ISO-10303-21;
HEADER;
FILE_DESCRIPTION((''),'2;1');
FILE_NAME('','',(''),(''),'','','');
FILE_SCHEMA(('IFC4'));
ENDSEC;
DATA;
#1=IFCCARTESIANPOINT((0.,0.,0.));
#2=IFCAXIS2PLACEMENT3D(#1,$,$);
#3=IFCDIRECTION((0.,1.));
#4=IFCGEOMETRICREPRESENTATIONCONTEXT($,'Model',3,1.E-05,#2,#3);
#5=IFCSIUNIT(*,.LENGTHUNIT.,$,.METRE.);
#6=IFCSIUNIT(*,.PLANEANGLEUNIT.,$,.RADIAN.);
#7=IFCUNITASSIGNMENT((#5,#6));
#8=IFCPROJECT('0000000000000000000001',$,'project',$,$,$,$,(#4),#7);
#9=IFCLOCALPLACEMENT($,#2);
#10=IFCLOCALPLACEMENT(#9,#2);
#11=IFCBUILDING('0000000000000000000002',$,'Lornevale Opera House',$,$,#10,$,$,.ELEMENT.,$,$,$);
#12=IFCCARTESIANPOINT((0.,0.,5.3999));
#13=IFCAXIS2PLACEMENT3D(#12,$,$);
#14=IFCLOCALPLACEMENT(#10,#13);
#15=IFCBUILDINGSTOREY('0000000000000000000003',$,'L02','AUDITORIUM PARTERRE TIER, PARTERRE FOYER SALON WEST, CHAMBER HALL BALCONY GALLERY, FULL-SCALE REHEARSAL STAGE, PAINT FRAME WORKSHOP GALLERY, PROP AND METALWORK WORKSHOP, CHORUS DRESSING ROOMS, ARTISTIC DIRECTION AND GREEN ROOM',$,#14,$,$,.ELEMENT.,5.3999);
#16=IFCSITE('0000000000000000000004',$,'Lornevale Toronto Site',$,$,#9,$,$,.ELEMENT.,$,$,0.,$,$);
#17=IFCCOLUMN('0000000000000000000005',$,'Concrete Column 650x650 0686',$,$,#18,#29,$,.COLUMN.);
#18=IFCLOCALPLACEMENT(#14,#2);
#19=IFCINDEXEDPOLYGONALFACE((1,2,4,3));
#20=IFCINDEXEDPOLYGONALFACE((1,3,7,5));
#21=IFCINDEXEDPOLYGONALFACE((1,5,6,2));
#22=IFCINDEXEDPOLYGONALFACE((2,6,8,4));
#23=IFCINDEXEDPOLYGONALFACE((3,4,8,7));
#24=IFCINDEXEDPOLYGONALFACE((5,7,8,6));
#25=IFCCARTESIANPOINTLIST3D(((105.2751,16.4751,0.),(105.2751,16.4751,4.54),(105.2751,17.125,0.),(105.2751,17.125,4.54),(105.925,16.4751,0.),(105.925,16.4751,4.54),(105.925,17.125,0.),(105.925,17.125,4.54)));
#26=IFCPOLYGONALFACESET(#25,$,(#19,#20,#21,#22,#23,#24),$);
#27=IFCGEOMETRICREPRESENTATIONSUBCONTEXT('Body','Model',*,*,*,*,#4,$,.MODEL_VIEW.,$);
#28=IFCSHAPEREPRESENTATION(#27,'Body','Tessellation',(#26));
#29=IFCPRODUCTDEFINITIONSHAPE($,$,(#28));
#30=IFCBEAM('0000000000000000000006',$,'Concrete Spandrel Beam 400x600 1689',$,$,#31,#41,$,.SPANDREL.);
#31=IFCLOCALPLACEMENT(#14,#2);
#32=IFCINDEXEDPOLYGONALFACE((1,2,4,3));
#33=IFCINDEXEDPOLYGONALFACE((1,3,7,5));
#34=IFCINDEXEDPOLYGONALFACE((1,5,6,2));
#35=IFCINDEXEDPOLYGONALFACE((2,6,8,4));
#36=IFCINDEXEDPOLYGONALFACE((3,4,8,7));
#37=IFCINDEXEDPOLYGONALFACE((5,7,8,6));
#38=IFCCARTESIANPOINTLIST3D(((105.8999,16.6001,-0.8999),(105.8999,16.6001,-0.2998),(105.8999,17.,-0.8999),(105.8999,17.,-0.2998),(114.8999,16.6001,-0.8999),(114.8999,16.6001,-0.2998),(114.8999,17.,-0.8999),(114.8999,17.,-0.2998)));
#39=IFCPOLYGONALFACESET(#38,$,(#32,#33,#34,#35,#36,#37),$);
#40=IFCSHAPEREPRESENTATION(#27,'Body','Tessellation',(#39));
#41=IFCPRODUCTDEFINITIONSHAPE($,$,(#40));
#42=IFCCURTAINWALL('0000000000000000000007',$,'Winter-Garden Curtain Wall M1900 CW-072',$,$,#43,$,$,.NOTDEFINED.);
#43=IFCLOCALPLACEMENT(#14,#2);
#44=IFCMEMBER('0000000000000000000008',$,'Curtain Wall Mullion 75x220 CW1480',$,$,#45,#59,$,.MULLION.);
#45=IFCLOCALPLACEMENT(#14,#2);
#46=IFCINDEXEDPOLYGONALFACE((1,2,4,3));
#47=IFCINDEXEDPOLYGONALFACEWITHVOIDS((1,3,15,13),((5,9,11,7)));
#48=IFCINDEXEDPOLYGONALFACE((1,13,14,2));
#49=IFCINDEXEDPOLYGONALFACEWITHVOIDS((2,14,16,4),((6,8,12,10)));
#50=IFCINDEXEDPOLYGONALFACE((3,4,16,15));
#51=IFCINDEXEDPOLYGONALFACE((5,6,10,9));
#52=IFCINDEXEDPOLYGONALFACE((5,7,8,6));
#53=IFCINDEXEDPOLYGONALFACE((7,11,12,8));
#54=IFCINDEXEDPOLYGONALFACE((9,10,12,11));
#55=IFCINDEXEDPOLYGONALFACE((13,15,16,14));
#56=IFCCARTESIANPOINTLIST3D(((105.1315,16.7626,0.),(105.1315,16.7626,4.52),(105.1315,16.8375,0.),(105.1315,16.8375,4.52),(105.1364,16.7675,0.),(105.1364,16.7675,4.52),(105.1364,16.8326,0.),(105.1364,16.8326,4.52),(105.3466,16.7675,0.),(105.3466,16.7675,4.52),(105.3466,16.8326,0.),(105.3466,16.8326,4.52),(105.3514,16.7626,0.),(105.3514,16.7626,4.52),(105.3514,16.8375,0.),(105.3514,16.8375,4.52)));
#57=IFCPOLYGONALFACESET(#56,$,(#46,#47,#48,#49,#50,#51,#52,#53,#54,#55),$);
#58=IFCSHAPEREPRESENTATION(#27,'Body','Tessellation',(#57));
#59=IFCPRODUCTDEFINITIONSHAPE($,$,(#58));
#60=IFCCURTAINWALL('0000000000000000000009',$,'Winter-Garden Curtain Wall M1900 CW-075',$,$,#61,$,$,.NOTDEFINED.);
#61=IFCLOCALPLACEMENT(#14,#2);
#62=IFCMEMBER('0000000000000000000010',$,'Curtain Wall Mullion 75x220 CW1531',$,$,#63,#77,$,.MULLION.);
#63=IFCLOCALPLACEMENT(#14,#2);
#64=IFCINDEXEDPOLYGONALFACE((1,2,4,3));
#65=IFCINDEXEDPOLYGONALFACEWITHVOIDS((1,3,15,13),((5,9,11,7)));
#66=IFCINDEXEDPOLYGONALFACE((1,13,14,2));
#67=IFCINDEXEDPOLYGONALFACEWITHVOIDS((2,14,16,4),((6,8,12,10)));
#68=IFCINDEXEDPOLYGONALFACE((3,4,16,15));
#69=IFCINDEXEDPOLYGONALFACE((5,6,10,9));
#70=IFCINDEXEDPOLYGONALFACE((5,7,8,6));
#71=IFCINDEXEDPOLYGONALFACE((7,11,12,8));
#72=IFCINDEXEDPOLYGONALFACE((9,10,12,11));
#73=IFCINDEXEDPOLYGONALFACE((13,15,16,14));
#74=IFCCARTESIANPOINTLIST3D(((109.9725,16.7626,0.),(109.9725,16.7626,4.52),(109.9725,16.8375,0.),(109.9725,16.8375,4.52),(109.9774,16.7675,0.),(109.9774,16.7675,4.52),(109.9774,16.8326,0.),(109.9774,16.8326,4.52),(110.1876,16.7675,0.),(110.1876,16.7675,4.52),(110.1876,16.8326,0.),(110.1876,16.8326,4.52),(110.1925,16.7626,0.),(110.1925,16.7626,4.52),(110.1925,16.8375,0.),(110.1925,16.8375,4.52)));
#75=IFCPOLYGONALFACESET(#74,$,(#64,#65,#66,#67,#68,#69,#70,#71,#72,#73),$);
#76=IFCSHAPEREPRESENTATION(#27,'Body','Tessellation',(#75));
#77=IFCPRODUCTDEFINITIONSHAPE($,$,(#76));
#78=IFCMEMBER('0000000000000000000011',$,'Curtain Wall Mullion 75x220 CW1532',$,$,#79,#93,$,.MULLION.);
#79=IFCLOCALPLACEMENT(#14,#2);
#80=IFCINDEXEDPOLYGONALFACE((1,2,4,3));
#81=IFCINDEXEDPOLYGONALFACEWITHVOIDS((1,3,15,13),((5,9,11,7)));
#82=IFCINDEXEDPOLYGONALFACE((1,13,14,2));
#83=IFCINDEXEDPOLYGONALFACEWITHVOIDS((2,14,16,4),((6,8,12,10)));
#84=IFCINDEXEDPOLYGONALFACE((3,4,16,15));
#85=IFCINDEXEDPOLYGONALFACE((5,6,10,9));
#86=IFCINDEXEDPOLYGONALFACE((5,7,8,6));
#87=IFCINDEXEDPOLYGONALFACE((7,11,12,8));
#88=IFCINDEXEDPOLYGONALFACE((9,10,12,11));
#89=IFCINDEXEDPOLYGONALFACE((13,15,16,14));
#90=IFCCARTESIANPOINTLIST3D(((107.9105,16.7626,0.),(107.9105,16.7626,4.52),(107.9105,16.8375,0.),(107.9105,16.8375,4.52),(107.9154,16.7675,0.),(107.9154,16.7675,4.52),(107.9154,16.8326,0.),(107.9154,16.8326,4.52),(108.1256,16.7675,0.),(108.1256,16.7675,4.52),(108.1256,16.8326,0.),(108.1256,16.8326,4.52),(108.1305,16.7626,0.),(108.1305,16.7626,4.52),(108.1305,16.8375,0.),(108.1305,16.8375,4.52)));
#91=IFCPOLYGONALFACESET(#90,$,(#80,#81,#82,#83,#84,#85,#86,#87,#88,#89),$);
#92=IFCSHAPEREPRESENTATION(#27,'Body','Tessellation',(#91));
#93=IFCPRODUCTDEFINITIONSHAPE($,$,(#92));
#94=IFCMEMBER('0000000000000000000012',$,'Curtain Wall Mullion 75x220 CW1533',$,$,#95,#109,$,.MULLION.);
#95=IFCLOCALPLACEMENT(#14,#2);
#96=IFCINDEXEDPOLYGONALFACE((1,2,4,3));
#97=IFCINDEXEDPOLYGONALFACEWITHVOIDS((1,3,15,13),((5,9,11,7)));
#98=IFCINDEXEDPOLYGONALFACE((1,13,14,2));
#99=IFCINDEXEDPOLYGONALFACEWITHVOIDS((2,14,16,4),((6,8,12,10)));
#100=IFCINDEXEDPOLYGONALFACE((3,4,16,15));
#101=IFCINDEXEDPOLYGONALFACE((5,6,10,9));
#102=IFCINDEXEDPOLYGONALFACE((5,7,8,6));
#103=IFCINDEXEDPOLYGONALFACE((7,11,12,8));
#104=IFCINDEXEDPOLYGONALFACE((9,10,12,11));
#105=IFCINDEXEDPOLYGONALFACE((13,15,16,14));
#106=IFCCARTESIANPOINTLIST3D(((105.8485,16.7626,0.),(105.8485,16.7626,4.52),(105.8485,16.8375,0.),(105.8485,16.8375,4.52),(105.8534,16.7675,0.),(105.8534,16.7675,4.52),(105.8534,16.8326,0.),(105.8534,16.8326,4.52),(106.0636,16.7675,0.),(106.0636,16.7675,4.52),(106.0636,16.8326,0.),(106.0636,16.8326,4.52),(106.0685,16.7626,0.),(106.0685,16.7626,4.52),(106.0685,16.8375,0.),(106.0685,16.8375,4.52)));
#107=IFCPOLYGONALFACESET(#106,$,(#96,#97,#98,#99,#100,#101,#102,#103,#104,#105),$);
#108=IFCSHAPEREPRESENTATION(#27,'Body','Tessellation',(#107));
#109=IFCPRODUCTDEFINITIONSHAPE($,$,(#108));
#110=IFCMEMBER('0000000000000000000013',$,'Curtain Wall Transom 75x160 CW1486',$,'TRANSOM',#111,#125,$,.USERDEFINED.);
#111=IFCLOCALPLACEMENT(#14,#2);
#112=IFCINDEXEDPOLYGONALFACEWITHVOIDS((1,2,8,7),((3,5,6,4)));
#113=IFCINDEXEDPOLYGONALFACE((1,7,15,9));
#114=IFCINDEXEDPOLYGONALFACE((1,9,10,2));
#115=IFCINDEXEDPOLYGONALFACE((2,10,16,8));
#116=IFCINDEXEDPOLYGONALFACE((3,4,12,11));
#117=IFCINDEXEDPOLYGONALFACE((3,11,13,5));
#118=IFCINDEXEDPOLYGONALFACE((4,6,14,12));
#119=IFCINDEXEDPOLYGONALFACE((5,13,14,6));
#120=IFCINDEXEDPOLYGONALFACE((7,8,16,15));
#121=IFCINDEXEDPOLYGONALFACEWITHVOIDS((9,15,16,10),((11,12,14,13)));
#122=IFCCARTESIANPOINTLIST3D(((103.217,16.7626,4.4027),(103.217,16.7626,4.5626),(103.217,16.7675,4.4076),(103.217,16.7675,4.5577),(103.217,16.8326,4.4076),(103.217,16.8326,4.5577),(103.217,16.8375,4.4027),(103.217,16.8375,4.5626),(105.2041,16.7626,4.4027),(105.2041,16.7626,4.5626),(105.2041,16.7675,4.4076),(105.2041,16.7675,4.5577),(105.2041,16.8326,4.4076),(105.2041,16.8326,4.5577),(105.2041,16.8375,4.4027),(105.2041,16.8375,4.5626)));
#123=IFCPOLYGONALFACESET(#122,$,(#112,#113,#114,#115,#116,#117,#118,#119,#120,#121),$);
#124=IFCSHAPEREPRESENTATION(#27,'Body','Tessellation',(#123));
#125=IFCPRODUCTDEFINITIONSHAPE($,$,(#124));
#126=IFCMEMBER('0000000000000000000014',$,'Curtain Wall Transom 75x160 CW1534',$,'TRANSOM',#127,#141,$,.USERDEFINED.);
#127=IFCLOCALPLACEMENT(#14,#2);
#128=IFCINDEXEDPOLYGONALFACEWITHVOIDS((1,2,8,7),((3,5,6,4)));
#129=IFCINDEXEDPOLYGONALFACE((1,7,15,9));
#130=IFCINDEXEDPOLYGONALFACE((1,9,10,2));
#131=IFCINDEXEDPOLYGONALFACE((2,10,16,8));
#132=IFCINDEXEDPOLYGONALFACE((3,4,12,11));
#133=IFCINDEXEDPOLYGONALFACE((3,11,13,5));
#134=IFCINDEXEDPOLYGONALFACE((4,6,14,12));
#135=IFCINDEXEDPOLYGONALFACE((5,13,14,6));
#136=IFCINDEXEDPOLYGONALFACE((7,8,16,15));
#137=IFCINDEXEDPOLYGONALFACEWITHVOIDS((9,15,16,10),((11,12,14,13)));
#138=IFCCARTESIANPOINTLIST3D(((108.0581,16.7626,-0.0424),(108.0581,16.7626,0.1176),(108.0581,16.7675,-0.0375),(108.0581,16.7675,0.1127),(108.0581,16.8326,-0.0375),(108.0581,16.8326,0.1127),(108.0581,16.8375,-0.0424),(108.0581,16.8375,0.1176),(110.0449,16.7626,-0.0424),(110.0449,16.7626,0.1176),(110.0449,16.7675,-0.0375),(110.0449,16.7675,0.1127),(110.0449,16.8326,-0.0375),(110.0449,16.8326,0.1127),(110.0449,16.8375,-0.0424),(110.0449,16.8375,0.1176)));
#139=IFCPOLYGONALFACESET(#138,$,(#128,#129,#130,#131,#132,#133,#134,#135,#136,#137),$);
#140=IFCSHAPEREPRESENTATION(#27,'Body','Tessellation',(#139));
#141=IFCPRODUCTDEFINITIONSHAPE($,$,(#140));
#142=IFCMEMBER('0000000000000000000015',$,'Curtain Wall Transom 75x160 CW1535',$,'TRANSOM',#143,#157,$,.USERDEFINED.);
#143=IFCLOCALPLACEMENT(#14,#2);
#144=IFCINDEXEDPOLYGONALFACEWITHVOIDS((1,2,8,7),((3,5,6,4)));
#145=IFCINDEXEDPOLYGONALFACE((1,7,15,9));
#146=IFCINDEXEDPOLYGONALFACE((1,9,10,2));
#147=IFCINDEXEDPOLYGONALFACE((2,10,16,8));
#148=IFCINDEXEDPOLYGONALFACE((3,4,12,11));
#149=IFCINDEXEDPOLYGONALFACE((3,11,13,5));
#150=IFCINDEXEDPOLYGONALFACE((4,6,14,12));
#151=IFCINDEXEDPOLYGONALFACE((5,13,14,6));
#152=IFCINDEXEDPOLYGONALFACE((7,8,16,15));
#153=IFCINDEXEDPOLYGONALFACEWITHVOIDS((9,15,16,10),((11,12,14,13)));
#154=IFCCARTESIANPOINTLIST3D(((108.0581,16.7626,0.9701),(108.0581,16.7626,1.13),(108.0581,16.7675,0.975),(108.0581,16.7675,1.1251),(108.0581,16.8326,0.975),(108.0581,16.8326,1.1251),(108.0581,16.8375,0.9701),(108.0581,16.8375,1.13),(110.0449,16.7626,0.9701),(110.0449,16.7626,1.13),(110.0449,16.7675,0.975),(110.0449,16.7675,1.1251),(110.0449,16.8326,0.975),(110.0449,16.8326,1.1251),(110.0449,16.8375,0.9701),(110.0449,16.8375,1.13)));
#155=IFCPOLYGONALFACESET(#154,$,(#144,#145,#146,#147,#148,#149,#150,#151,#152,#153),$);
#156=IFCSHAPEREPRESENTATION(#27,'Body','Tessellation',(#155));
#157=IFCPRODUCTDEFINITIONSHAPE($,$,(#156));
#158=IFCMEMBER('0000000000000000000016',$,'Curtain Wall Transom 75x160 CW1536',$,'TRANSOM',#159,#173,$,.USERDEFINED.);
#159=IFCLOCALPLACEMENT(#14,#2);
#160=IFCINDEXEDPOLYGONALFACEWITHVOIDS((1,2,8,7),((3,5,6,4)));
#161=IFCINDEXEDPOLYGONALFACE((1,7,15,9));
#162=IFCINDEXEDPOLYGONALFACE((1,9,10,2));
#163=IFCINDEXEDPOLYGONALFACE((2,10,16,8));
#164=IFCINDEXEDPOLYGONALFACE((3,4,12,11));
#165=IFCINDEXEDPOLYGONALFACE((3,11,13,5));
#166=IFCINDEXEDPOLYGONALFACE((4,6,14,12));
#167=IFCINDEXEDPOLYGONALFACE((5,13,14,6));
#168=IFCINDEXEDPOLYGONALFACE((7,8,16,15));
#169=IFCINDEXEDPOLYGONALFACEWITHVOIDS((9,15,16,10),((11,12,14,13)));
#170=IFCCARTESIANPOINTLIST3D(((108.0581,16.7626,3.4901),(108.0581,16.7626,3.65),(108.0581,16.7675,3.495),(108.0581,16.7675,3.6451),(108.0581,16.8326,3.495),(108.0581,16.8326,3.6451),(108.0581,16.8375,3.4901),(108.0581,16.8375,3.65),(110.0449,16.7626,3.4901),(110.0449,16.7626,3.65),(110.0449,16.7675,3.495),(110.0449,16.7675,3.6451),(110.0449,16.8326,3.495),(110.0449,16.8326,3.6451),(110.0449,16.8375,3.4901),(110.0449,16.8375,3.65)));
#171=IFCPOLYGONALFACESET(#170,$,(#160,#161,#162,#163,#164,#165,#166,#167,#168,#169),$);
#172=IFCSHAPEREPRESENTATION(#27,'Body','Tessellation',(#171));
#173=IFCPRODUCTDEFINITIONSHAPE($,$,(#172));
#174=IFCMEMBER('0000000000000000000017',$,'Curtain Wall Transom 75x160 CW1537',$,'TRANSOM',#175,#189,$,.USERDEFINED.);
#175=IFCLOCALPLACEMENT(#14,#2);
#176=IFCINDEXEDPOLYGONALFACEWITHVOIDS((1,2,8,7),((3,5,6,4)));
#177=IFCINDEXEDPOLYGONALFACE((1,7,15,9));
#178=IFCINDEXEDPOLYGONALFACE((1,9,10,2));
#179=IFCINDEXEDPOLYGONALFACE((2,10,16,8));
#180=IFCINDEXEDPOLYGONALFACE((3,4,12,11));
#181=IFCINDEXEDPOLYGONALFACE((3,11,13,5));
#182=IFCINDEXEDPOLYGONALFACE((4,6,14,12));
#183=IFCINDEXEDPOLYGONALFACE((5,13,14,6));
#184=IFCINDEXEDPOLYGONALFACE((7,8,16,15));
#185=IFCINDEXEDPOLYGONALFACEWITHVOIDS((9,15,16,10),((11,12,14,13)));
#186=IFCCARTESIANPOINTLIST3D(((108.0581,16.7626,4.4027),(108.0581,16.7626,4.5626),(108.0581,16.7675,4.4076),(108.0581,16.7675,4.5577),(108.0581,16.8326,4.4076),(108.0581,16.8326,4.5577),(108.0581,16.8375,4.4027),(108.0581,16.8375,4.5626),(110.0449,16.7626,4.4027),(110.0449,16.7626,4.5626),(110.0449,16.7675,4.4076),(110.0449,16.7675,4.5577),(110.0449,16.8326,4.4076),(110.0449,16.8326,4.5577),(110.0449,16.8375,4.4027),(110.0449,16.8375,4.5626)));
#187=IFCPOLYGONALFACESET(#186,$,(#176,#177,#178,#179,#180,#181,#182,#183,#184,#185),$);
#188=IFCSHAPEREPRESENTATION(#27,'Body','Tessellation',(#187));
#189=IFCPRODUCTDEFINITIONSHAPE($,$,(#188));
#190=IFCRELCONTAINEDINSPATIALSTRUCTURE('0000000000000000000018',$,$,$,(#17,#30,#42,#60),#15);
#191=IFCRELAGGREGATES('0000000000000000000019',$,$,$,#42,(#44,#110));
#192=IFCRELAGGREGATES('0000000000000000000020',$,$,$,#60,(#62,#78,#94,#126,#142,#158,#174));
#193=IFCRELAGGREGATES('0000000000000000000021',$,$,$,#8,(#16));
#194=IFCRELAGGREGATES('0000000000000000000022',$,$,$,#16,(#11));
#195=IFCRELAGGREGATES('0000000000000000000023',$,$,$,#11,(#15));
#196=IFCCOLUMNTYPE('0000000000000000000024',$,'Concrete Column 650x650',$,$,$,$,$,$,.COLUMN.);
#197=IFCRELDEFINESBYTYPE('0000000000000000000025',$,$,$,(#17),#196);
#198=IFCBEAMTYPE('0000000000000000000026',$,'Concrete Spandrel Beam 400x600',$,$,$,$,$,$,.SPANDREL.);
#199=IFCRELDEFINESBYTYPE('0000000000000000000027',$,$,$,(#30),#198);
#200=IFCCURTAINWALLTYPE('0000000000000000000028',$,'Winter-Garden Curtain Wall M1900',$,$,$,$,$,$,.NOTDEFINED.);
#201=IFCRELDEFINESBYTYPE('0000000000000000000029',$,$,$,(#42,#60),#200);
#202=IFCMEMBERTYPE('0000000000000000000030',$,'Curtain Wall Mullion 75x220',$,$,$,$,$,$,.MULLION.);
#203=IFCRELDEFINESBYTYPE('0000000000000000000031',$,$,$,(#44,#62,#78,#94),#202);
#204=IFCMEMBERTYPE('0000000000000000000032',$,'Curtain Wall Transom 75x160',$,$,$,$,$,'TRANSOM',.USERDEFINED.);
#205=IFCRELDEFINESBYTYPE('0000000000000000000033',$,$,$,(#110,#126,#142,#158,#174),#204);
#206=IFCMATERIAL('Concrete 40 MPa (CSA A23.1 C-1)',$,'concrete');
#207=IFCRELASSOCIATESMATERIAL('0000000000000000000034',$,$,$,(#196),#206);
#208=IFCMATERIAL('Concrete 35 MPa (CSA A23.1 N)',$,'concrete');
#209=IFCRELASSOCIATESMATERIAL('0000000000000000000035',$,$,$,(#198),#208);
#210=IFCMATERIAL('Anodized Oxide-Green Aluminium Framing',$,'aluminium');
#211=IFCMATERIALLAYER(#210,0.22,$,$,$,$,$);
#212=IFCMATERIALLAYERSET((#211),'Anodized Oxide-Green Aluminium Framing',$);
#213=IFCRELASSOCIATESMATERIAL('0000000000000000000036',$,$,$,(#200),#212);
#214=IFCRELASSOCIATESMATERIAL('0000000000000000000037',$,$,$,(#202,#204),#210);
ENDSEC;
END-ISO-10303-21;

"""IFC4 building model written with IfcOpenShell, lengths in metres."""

from ifc_helpers import new_model, si_unit, direction, frame, origin, origin_2d, place, context, subcontext, project, spatial, rectangle, hollow_rectangle, extrude, material, layer, layer_set, material_profile, profile_set, type_object, element, aggregate, save


model = new_model("IFC4")

# Units and contexts
model_context = context("Model", 3, precision=1e-05, world=origin(), true_north=direction((0.0, 1.0)))
body_context = subcontext(model_context, "Body", "Model", "MODEL_VIEW")
ifc_project = project(units=[si_unit("LENGTHUNIT", "METRE"), si_unit("PLANEANGLEUNIT", "RADIAN")], contexts=[model_context])

# Site, building, storey
site_placement = place(None, origin())
site = spatial("IfcSite", under=ifc_project, at=site_placement, Name="Lornevale Toronto Site", CompositionType="ELEMENT", RefElevation=0.0)
building_placement = place(site_placement, origin())
building = spatial("IfcBuilding", under=site, at=building_placement, Name="Lornevale Opera House", CompositionType="ELEMENT")
storey_placement = place(building_placement, frame((0.0, 0.0, 5.3999)))
storey = spatial("IfcBuildingStorey", under=building, at=storey_placement, Name="L02", Description="AUDITORIUM PARTERRE TIER, PARTERRE FOYER SALON WEST, CHAMBER HALL BALCONY GALLERY, FULL-SCALE REHEARSAL STAGE, PAINT FRAME WORKSHOP GALLERY, PROP AND METALWORK WORKSHOP, CHORUS DRESSING ROOMS, ARTISTIC DIRECTION AND GREEN ROOM", CompositionType="ELEMENT", Elevation=5.3999)

# Column
ifc_material_1 = material(Name="Concrete 40 MPa (CSA A23.1 C-1)", Category="concrete")
ifc_material_profile_1 = material_profile(ifc_material_1, rectangle(XDim=0.6499, YDim=0.6499, at=origin_2d()), Name="RC650x650")
ifc_profile_set_1 = profile_set([ifc_material_profile_1], Name="Concrete 40 MPa (CSA A23.1 C-1)")
column_type = type_object("IfcColumnType", Name="Concrete Column 650x650", PredefinedType="COLUMN", material=ifc_profile_set_1)
column_placement = place(storey_placement, frame((105.6001, 16.8, 0.0), z_axis=(0.0, 0.0, 1.0), x_axis=(1.0, 0.0, 0.0)))
element("IfcColumn", 1, at=column_placement, inside=storey, type_object=column_type, Name="Concrete Column 650x650 0686", PredefinedType="COLUMN", context=body_context, shape_type="SweptSolid", body=[
    extrude(rectangle(XDim=0.6499, YDim=0.6499, at=origin_2d()), origin(), (0.0, 0.0, 1.0), 4.54),
])

# Beam
ifc_material_2 = material(Name="Concrete 35 MPa (CSA A23.1 N)", Category="concrete")
ifc_material_profile_2 = material_profile(ifc_material_2, rectangle(XDim=0.3999, YDim=0.6001, at=origin_2d()), Name="RC400x600")
ifc_profile_set_2 = profile_set([ifc_material_profile_2], Name="Concrete 35 MPa (CSA A23.1 N)")
beam_type = type_object("IfcBeamType", Name="Concrete Spandrel Beam 400x600", PredefinedType="SPANDREL", material=ifc_profile_set_2)
beam_placement = place(storey_placement, frame((105.8999, 16.8, -0.5999), z_axis=(1.0, 0.0, 0.0), x_axis=(0.0, 1.0, 0.0)))
element("IfcBeam", 2, at=beam_placement, inside=storey, type_object=beam_type, Name="Concrete Spandrel Beam 400x600 1689", PredefinedType="SPANDREL", context=body_context, shape_type="SweptSolid", body=[
    extrude(rectangle(XDim=0.3999, YDim=0.6001, at=origin_2d()), origin(), (0.0, 0.0, 1.0), 9.0),
])

# Curtain wall, member
ifc_material_3 = material(Name="Anodized Oxide-Green Aluminium Framing", Category="aluminium")
ifc_layer_1 = layer(ifc_material_3, 0.22)
ifc_layer_set_1 = layer_set([ifc_layer_1], Name="Anodized Oxide-Green Aluminium Framing")
curtain_wall_type = type_object("IfcCurtainWallType", Name="Winter-Garden Curtain Wall M1900", PredefinedType="NOTDEFINED", material=ifc_layer_set_1)
curtain_wall_1_placement = place(storey_placement, origin())
curtain_wall_1 = element("IfcCurtainWall", 3, at=curtain_wall_1_placement, inside=storey, type_object=curtain_wall_type, Name="Winter-Garden Curtain Wall M1900 CW-072", PredefinedType="NOTDEFINED")
ifc_material_profile_3 = material_profile(ifc_material_3, hollow_rectangle(XDim=0.075, YDim=0.22, WallThickness=0.0049, at=origin_2d()), Name="ALU75x220x5")
ifc_profile_set_3 = profile_set([ifc_material_profile_3], Name="Anodized Oxide-Green Aluminium Framing")
member_type_1 = type_object("IfcMemberType", Name="Curtain Wall Mullion 75x220", PredefinedType="MULLION", material=ifc_profile_set_3)
member_1_placement = place(storey_placement, frame((105.2415, 16.8, 0.0), z_axis=(0.0, 0.0, 1.0), x_axis=(0.0, -1.0, 0.0)))
member_1 = element("IfcMember", 4, at=member_1_placement, type_object=member_type_1, Name="Curtain Wall Mullion 75x220 CW1480", PredefinedType="MULLION", context=body_context, shape_type="SweptSolid", body=[
    extrude(hollow_rectangle(XDim=0.075, YDim=0.22, WallThickness=0.0049, at=origin_2d()), origin(), (0.0, 0.0, 1.0), 4.52),
])

# Curtain wall, members
curtain_wall_2_placement = place(storey_placement, origin())
curtain_wall_2 = element("IfcCurtainWall", 5, at=curtain_wall_2_placement, inside=storey, type_object=curtain_wall_type, Name="Winter-Garden Curtain Wall M1900 CW-075", PredefinedType="NOTDEFINED")
member_2_placement = place(storey_placement, frame((110.0825, 16.8, 0.0), z_axis=(0.0, 0.0, 1.0), x_axis=(0.0, -1.0, 0.0)))
member_2 = element("IfcMember", 6, at=member_2_placement, type_object=member_type_1, Name="Curtain Wall Mullion 75x220 CW1531", PredefinedType="MULLION", context=body_context, shape_type="SweptSolid", body=[
    extrude(hollow_rectangle(XDim=0.075, YDim=0.22, WallThickness=0.0049, at=origin_2d()), origin(), (0.0, 0.0, 1.0), 4.52),
])
member_3_placement = place(storey_placement, frame((108.0205, 16.8, 0.0), z_axis=(0.0, 0.0, 1.0), x_axis=(0.0, -1.0, 0.0)))
member_3 = element("IfcMember", 7, at=member_3_placement, type_object=member_type_1, Name="Curtain Wall Mullion 75x220 CW1532", PredefinedType="MULLION", context=body_context, shape_type="SweptSolid", body=[
    extrude(hollow_rectangle(XDim=0.075, YDim=0.22, WallThickness=0.0049, at=origin_2d()), origin(), (0.0, 0.0, 1.0), 4.52),
])
member_4_placement = place(storey_placement, frame((105.9585, 16.8, 0.0), z_axis=(0.0, 0.0, 1.0), x_axis=(0.0, -1.0, 0.0)))
member_4 = element("IfcMember", 8, at=member_4_placement, type_object=member_type_1, Name="Curtain Wall Mullion 75x220 CW1533", PredefinedType="MULLION", context=body_context, shape_type="SweptSolid", body=[
    extrude(hollow_rectangle(XDim=0.075, YDim=0.22, WallThickness=0.0049, at=origin_2d()), origin(), (0.0, 0.0, 1.0), 4.52),
])

# Members
ifc_material_profile_4 = material_profile(ifc_material_3, hollow_rectangle(XDim=0.075, YDim=0.1599, WallThickness=0.0049, at=origin_2d()), Name="ALU75x160x5")
ifc_profile_set_4 = profile_set([ifc_material_profile_4], Name="Anodized Oxide-Green Aluminium Framing")
member_type_2 = type_object("IfcMemberType", Name="Curtain Wall Transom 75x160", ElementType="TRANSOM", PredefinedType="USERDEFINED", material=ifc_profile_set_4)
member_5_placement = place(storey_placement, frame((105.2041, 16.8, 4.4827), z_axis=(-1.0, 0.0, 0.0), x_axis=(0.0, -1.0, 0.0)))
member_5 = element("IfcMember", 9, at=member_5_placement, type_object=member_type_2, Name="Curtain Wall Transom 75x160 CW1486", ObjectType="TRANSOM", PredefinedType="USERDEFINED", context=body_context, shape_type="SweptSolid", body=[
    extrude(hollow_rectangle(XDim=0.075, YDim=0.1599, WallThickness=0.0049, at=origin_2d()), origin(), (0.0, 0.0, 1.0), 1.9871),
])
aggregate(curtain_wall_1, [member_1, member_5])
member_6_placement = place(storey_placement, frame((110.0449, 16.8, 0.0376), z_axis=(-1.0, 0.0, 0.0), x_axis=(0.0, -1.0, 0.0)))
member_6 = element("IfcMember", 10, at=member_6_placement, type_object=member_type_2, Name="Curtain Wall Transom 75x160 CW1534", ObjectType="TRANSOM", PredefinedType="USERDEFINED", context=body_context, shape_type="SweptSolid", body=[
    extrude(hollow_rectangle(XDim=0.075, YDim=0.1599, WallThickness=0.0049, at=origin_2d()), origin(), (0.0, 0.0, 1.0), 1.9868),
])
member_7_placement = place(storey_placement, frame((110.0449, 16.8, 1.05), z_axis=(-1.0, 0.0, 0.0), x_axis=(0.0, -1.0, 0.0)))
member_7 = element("IfcMember", 11, at=member_7_placement, type_object=member_type_2, Name="Curtain Wall Transom 75x160 CW1535", ObjectType="TRANSOM", PredefinedType="USERDEFINED", context=body_context, shape_type="SweptSolid", body=[
    extrude(hollow_rectangle(XDim=0.075, YDim=0.1599, WallThickness=0.0049, at=origin_2d()), origin(), (0.0, 0.0, 1.0), 1.9868),
])
member_8_placement = place(storey_placement, frame((110.0449, 16.8, 3.5701), z_axis=(-1.0, 0.0, 0.0), x_axis=(0.0, -1.0, 0.0)))
member_8 = element("IfcMember", 12, at=member_8_placement, type_object=member_type_2, Name="Curtain Wall Transom 75x160 CW1536", ObjectType="TRANSOM", PredefinedType="USERDEFINED", context=body_context, shape_type="SweptSolid", body=[
    extrude(hollow_rectangle(XDim=0.075, YDim=0.1599, WallThickness=0.0049, at=origin_2d()), origin(), (0.0, 0.0, 1.0), 1.9868),
])
member_9_placement = place(storey_placement, frame((110.0449, 16.8, 4.4827), z_axis=(-1.0, 0.0, 0.0), x_axis=(0.0, -1.0, 0.0)))
member_9 = element("IfcMember", 13, at=member_9_placement, type_object=member_type_2, Name="Curtain Wall Transom 75x160 CW1537", ObjectType="TRANSOM", PredefinedType="USERDEFINED", context=body_context, shape_type="SweptSolid", body=[
    extrude(hollow_rectangle(XDim=0.075, YDim=0.1599, WallThickness=0.0049, at=origin_2d()), origin(), (0.0, 0.0, 1.0), 1.9868),
])

aggregate(curtain_wall_2, [member_2, member_3, member_4, member_6, member_7, member_8, member_9])

save(model, "model.ifc")
